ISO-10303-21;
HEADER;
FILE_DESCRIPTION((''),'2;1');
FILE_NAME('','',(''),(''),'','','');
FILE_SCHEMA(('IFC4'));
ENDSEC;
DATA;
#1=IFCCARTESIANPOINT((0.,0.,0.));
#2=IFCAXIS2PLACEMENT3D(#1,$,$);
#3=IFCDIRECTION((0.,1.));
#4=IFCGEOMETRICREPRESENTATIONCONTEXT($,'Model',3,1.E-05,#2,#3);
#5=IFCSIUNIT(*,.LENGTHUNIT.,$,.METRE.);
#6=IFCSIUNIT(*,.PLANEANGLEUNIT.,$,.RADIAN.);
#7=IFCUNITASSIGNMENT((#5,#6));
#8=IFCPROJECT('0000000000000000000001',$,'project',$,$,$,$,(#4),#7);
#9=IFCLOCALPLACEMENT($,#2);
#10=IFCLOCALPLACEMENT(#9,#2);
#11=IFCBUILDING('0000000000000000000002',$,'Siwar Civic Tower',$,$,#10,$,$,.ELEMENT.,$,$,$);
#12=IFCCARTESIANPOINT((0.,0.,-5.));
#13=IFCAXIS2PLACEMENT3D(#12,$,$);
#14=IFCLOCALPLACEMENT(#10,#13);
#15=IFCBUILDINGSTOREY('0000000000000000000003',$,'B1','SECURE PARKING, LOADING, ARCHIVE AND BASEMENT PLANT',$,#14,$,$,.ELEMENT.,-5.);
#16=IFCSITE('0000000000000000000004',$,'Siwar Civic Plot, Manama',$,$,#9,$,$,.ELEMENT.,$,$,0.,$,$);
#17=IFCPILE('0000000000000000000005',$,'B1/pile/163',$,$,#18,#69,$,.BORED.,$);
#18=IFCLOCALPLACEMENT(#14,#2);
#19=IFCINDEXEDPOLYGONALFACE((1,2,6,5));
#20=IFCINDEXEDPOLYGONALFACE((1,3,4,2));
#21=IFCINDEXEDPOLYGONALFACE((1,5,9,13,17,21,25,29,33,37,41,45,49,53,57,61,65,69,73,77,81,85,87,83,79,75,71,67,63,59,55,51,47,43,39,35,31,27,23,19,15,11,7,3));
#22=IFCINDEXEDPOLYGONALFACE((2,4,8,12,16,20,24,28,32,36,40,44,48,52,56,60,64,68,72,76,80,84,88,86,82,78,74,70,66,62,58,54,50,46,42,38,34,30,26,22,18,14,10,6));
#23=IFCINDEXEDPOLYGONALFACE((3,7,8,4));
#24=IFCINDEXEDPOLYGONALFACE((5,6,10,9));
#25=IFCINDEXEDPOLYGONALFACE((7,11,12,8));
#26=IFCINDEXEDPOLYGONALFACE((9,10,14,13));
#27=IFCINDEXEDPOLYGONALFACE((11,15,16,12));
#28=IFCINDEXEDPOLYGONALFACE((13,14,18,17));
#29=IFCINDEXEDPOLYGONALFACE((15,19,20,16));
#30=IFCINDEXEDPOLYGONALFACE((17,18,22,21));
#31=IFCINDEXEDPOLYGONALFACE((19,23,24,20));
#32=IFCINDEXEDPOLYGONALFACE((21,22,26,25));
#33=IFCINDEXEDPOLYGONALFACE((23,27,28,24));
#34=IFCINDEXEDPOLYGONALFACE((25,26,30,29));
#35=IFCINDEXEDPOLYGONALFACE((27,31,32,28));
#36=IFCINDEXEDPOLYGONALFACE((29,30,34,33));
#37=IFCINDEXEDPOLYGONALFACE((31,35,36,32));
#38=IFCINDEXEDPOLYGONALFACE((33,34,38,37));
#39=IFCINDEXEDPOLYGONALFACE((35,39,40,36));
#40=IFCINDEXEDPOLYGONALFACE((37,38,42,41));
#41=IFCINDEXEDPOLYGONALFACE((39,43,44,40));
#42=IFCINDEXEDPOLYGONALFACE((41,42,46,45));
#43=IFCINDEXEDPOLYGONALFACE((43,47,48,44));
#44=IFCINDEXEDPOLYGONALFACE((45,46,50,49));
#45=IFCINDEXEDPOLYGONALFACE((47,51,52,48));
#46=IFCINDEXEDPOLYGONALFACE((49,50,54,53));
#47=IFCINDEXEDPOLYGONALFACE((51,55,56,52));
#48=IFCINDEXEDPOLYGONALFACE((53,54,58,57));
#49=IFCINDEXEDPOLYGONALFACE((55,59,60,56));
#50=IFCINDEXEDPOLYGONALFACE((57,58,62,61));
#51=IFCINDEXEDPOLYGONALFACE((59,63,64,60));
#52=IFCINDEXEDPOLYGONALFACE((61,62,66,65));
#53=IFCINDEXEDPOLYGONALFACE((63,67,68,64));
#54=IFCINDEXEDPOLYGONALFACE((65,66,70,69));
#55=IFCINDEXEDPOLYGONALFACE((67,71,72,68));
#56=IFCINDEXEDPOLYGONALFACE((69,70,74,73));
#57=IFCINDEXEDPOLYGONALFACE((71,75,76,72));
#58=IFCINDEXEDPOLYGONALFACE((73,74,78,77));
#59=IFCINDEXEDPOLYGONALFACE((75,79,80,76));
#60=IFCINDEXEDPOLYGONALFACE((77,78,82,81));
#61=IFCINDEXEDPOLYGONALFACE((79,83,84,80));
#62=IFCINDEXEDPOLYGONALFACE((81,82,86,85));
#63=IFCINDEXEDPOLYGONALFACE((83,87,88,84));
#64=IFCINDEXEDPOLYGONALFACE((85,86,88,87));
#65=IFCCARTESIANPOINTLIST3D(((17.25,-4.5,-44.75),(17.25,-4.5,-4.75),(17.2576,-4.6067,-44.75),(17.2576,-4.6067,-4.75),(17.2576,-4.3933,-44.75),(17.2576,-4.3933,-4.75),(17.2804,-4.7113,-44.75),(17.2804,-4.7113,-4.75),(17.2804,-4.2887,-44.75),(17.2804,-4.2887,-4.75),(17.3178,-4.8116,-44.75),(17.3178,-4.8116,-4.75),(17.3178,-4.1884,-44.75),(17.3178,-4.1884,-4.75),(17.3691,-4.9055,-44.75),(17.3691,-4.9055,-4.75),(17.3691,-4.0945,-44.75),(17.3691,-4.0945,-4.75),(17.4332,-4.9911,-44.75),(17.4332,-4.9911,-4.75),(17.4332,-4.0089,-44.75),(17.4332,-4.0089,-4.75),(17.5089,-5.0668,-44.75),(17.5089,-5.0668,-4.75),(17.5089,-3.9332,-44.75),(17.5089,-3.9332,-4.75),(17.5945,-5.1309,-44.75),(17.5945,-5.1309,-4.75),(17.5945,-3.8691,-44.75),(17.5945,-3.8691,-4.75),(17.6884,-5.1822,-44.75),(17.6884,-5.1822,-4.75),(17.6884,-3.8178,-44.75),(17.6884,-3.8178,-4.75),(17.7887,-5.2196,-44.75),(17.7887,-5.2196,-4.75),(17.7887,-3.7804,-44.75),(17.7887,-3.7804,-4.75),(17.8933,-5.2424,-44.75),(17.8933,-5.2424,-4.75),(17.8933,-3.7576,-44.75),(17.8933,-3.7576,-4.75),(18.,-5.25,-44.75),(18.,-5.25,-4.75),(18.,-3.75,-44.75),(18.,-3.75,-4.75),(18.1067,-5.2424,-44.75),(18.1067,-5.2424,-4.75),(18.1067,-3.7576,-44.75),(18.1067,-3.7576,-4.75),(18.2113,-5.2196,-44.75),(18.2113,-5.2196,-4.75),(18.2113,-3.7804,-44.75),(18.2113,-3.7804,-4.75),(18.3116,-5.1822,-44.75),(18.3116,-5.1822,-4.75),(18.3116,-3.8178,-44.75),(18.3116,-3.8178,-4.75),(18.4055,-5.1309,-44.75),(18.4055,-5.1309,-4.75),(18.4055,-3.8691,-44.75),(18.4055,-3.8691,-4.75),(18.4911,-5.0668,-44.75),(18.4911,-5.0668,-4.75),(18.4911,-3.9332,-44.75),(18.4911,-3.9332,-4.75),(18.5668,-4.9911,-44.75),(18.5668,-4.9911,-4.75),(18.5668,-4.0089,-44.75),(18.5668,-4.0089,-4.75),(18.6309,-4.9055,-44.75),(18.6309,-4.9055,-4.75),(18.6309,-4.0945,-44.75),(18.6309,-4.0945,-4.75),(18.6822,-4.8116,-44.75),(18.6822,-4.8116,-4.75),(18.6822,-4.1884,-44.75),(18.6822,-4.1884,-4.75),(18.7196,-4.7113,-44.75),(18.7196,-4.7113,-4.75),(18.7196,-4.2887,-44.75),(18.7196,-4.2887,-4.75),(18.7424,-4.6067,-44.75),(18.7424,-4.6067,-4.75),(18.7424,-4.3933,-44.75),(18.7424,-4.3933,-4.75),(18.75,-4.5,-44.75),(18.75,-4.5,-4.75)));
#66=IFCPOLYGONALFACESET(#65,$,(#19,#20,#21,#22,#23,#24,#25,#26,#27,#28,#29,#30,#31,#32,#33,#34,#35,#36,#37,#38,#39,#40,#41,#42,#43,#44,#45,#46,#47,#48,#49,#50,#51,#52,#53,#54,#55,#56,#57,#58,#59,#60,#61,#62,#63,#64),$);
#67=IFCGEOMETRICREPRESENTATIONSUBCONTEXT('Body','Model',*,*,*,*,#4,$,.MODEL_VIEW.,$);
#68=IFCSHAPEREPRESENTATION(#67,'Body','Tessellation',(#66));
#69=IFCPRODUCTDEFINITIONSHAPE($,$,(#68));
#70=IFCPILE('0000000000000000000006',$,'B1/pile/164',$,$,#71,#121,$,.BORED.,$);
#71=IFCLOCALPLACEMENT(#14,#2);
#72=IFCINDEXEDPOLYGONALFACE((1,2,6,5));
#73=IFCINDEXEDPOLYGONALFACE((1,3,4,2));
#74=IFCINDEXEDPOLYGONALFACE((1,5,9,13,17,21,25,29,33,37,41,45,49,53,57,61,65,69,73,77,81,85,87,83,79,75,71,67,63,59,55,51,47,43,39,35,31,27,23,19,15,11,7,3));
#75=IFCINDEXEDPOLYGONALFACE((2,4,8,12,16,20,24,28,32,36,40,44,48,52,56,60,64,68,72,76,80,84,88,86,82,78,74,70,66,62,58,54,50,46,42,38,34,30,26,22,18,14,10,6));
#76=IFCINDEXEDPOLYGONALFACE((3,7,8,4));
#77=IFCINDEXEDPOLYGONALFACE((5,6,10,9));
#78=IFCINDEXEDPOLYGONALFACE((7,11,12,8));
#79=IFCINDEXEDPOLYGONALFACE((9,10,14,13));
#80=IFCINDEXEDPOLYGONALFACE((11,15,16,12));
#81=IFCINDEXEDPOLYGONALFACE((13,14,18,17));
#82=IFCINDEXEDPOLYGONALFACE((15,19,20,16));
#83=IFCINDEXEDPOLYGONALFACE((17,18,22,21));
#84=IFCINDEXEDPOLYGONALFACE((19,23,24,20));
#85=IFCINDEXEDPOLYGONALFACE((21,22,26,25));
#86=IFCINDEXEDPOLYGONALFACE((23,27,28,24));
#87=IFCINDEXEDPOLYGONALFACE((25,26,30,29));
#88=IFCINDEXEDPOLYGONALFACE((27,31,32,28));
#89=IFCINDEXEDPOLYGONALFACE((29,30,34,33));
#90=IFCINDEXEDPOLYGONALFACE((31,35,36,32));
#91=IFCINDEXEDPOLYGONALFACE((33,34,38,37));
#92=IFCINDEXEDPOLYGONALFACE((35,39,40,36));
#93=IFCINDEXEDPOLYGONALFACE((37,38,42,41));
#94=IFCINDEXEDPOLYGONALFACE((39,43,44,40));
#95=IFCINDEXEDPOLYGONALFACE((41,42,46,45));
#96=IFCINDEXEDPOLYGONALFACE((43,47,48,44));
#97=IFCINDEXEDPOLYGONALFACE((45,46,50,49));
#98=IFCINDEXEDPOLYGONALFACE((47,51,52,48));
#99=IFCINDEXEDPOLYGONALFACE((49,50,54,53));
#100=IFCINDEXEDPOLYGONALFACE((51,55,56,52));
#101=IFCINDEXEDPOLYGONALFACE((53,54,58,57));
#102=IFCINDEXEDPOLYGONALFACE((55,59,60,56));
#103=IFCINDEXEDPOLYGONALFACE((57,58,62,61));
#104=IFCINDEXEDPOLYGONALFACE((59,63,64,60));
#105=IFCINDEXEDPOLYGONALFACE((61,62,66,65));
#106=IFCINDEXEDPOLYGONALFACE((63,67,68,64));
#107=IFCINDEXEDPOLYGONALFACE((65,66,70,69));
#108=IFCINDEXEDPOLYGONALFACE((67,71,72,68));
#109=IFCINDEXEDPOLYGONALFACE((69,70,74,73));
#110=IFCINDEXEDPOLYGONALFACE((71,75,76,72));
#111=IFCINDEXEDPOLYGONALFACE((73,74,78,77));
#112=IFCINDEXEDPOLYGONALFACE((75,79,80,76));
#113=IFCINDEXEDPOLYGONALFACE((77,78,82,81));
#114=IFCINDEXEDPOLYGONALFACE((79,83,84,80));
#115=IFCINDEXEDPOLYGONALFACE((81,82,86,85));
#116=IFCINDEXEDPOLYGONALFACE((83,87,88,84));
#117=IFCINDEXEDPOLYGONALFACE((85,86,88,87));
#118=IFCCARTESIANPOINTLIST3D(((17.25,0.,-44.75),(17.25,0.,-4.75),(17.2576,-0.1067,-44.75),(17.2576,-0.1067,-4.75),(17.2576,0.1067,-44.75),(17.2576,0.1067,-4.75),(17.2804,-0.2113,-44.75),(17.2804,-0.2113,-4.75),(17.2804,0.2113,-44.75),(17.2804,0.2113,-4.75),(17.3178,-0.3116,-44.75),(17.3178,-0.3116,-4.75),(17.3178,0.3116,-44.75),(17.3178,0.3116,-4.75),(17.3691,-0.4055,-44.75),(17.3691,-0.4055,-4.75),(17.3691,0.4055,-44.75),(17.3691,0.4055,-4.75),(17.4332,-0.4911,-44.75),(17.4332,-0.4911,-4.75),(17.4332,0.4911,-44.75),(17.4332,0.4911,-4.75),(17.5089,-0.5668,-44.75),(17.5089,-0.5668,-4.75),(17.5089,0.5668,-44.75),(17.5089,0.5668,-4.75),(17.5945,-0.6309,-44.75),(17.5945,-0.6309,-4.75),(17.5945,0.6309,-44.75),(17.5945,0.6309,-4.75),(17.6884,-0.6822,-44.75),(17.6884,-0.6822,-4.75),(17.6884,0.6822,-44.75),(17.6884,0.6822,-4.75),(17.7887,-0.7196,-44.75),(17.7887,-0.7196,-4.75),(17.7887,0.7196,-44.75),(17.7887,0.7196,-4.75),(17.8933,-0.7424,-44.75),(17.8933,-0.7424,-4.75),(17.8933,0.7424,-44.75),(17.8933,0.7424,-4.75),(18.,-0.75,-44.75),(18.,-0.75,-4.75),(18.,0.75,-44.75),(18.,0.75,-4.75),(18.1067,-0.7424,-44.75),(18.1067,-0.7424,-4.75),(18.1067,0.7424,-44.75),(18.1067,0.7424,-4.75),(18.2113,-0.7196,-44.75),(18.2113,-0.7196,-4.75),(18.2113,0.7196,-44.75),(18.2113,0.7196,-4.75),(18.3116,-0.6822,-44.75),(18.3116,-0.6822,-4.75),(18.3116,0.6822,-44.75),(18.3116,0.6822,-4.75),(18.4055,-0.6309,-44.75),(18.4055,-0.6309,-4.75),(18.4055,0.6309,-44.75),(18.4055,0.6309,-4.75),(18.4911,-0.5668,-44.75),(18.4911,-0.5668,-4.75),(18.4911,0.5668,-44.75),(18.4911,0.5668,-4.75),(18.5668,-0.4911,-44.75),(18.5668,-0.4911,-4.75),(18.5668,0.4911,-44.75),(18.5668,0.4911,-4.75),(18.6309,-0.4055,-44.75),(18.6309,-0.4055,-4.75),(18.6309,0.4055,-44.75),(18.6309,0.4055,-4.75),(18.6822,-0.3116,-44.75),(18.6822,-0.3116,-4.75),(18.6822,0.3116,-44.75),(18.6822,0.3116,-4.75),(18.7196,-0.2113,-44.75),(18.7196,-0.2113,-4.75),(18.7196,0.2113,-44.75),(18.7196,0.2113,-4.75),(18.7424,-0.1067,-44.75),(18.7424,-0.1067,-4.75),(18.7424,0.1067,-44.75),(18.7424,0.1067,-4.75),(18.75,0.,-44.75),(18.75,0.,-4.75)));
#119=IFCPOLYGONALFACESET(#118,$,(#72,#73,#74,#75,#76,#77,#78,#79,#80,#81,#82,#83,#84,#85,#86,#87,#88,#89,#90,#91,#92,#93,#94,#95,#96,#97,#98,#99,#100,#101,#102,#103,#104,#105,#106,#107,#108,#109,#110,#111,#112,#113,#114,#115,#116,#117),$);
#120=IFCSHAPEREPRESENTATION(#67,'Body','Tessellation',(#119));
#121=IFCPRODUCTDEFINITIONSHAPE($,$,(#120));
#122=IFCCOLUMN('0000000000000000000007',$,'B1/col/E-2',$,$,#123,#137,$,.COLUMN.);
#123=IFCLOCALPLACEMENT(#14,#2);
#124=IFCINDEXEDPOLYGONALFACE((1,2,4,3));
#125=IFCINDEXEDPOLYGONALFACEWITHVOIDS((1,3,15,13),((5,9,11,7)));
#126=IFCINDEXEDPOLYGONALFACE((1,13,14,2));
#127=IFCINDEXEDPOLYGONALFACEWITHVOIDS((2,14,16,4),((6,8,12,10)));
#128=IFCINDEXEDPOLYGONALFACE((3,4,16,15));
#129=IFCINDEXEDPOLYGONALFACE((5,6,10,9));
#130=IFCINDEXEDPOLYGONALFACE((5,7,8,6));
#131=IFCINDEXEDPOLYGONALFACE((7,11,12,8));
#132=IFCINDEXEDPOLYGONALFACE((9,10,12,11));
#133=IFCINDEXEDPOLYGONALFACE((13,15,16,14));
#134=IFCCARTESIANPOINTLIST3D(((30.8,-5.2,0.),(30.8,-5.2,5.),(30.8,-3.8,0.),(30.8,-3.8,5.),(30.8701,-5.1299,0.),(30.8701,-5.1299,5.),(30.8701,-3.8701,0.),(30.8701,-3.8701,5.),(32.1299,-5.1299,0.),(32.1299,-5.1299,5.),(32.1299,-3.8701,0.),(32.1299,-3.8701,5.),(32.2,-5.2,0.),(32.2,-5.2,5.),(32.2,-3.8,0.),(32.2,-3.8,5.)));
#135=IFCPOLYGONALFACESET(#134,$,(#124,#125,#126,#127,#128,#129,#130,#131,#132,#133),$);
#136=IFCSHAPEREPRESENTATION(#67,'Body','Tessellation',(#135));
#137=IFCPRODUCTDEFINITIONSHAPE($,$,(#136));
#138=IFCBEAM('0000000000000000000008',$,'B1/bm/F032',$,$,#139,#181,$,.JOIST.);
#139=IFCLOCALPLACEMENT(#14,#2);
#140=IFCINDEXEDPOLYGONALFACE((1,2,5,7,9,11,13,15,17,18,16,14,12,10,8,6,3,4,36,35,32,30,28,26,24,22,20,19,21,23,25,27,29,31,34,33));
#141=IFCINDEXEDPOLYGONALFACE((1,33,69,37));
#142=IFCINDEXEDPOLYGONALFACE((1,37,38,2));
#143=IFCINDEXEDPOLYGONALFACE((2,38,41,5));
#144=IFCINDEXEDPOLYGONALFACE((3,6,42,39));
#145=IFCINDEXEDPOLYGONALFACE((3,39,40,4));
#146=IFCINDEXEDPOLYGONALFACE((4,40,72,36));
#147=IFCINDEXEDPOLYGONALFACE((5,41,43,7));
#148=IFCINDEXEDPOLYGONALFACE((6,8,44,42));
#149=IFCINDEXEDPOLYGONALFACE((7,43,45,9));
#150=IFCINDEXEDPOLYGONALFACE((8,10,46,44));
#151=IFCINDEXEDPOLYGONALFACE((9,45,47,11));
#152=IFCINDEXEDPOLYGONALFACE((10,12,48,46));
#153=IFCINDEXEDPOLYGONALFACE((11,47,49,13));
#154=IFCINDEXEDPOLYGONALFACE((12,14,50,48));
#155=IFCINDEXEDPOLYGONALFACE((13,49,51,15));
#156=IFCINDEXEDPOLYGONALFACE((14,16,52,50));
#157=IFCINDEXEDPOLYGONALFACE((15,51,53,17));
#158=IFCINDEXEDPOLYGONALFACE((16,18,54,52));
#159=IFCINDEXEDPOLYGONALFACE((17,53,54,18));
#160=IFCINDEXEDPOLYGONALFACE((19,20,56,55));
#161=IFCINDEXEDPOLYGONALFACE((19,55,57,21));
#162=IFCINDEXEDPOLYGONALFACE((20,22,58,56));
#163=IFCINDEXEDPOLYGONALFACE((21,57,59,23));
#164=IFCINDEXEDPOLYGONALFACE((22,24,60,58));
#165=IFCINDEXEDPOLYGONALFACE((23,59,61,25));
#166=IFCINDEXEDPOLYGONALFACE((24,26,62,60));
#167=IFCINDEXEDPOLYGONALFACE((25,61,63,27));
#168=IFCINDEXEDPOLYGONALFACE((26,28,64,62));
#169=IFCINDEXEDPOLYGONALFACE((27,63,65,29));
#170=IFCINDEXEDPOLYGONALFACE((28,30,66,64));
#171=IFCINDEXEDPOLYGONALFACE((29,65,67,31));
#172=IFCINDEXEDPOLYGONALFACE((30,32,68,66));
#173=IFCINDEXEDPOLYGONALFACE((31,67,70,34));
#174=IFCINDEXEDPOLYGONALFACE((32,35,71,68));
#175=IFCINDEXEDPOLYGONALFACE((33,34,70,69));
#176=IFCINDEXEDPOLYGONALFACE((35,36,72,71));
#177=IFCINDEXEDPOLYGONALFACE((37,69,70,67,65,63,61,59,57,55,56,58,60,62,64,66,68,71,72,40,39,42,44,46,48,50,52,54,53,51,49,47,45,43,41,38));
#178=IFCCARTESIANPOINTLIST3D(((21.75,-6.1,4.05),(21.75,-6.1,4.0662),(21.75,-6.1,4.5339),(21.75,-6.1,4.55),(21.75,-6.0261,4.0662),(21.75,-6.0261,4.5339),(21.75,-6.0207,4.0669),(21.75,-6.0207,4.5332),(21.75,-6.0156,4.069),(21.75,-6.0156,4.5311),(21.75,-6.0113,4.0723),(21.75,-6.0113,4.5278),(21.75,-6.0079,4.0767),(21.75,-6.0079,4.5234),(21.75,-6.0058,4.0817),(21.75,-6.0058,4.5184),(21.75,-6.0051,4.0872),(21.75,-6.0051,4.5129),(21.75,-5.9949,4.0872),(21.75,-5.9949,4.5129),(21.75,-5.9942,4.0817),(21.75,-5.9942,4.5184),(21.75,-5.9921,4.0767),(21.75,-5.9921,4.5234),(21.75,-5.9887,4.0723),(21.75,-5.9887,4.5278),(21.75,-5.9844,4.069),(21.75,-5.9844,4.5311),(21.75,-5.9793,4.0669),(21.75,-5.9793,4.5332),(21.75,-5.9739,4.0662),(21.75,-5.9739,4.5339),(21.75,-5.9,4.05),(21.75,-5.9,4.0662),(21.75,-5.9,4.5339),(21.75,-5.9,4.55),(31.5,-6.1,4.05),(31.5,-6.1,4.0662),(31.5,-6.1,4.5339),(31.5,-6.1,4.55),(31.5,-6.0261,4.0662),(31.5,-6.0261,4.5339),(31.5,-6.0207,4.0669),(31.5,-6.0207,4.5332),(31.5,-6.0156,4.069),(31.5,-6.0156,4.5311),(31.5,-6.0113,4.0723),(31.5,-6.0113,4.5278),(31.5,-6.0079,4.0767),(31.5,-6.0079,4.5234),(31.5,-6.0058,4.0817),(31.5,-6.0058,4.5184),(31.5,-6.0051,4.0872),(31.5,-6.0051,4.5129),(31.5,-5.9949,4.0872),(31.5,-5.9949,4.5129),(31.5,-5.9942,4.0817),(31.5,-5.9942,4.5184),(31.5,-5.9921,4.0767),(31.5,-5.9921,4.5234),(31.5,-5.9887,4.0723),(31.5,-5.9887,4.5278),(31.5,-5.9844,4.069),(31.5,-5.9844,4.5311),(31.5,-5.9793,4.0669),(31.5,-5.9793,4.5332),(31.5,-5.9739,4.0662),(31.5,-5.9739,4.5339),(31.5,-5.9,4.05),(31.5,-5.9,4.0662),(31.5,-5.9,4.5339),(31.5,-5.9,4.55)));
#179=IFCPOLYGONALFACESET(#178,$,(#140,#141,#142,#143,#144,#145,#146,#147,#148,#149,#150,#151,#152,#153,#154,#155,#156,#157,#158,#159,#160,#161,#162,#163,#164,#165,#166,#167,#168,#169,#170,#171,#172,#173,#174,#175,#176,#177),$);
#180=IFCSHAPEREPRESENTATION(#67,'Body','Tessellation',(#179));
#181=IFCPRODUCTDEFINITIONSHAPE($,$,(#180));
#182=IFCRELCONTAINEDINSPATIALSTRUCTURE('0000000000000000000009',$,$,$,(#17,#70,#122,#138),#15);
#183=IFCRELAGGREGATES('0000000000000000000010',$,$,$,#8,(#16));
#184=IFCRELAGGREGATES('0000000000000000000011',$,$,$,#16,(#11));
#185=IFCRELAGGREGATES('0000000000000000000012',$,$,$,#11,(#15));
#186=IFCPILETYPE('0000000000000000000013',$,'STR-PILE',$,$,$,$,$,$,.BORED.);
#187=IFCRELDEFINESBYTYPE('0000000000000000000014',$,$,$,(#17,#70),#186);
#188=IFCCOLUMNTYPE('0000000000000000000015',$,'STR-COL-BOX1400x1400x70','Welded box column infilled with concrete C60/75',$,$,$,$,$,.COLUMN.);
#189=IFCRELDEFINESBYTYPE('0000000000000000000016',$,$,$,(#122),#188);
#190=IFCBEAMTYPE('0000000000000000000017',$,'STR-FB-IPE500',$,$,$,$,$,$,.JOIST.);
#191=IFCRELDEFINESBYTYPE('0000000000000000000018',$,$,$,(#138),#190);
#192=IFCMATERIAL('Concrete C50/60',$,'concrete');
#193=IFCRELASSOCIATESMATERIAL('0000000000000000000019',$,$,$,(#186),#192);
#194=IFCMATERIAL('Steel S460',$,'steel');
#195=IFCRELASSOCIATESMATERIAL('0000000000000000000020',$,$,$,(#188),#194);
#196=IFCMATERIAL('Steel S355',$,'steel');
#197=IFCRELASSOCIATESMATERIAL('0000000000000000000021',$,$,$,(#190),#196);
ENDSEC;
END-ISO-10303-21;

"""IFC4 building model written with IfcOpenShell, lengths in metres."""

from ifc_helpers import new_model, si_unit, direction, frame, origin, origin_2d, place, context, subcontext, project, spatial, hollow_rectangle, circle, i_section, extrude, material, material_profile, profile_set, type_object, element, save


model = new_model("IFC4")

# Units and contexts
model_context = context("Model", 3, precision=1e-05, world=origin(), true_north=direction((0.0, 1.0)))
body_context = subcontext(model_context, "Body", "Model", "MODEL_VIEW")
ifc_project = project(units=[si_unit("LENGTHUNIT", "METRE"), si_unit("PLANEANGLEUNIT", "RADIAN")], contexts=[model_context])

# Site, building, storey
site_placement = place(None, origin())
site = spatial("IfcSite", under=ifc_project, at=site_placement, Name="Siwar Civic Plot, Manama", CompositionType="ELEMENT", RefElevation=0.0)
building_placement = place(site_placement, origin())
building = spatial("IfcBuilding", under=site, at=building_placement, Name="Siwar Civic Tower", CompositionType="ELEMENT")
storey_placement = place(building_placement, frame((0.0, 0.0, -5.0)))
storey = spatial("IfcBuildingStorey", under=building, at=storey_placement, Name="B1", Description="SECURE PARKING, LOADING, ARCHIVE AND BASEMENT PLANT", CompositionType="ELEMENT", Elevation=-5.0)

# Piles
ifc_material_1 = material(Name="Concrete C50/60", Category="concrete")
ifc_material_profile_1 = material_profile(ifc_material_1, circle(Radius=0.75, at=origin_2d()), Name="PILE1500")
ifc_profile_set_1 = profile_set([ifc_material_profile_1], Name="Concrete C50/60")
pile_type = type_object("IfcPileType", Name="STR-PILE", PredefinedType="BORED", material=ifc_profile_set_1)
for number, where, z_axis, x_axis, name in (
    (1, (18.0, -4.5, -4.75), (0.0, 0.0, -1.0), (1.0, 0.0, 0.0), "B1/pile/163"),
    (2, (18.0, 0.0, -4.75), (0.0, 0.0, -1.0), (1.0, 0.0, 0.0), "B1/pile/164"),
):
    element("IfcPile", number, at=place(storey_placement, frame(where, z_axis=z_axis, x_axis=x_axis)), inside=storey, type_object=pile_type, Name=name, PredefinedType="BORED", context=body_context, shape_type="SweptSolid", body=[
        extrude(circle(Radius=0.75, at=origin_2d()), origin(), (0.0, 0.0, 1.0), 40.0),
    ])

# Column
ifc_material_2 = material(Name="Steel S460", Category="steel")
ifc_material_profile_2 = material_profile(ifc_material_2, hollow_rectangle(XDim=1.3999, YDim=1.3999, WallThickness=0.0701, at=origin_2d()), Name="BOX1400x1400x70")
ifc_profile_set_2 = profile_set([ifc_material_profile_2], Name="Steel S460")
column_type = type_object("IfcColumnType", Name="STR-COL-BOX1400x1400x70", Description="Welded box column infilled with concrete C60/75", PredefinedType="COLUMN", material=ifc_profile_set_2)
column_placement = place(storey_placement, frame((31.5, -4.5, 0.0), z_axis=(0.0, 0.0, 1.0), x_axis=(1.0, 0.0, 0.0)))
element("IfcColumn", 3, at=column_placement, inside=storey, type_object=column_type, Name="B1/col/E-2", PredefinedType="COLUMN", context=body_context, shape_type="SweptSolid", body=[
    extrude(hollow_rectangle(XDim=1.3999, YDim=1.3999, WallThickness=0.0701, at=origin_2d()), origin(), (0.0, 0.0, 1.0), 5.0),
])

# Beam
ifc_material_3 = material(Name="Steel S355", Category="steel")
ifc_material_profile_3 = material_profile(ifc_material_3, i_section(OverallWidth=0.2, OverallDepth=0.5, WebThickness=0.0103, FlangeThickness=0.0161, FilletRadius=0.021, at=origin_2d()), Name="IPE500")
ifc_profile_set_3 = profile_set([ifc_material_profile_3], Name="Steel S355")
beam_type_1 = type_object("IfcBeamType", Name="STR-FB-IPE500", PredefinedType="JOIST", material=ifc_profile_set_3)
beam_1_placement = place(storey_placement, frame((21.75, -6.0, 4.3), z_axis=(1.0, 0.0, 0.0), x_axis=(0.0, 1.0, 0.0)))
element("IfcBeam", 4, at=beam_1_placement, inside=storey, type_object=beam_type_1, Name="B1/bm/F032", PredefinedType="JOIST", context=body_context, shape_type="SweptSolid", body=[
    extrude(i_section(OverallWidth=0.2, OverallDepth=0.5, WebThickness=0.0103, FlangeThickness=0.0161, FilletRadius=0.021, at=origin_2d()), origin(), (0.0, 0.0, 1.0), 9.75),
])

save(model, "model.ifc")
